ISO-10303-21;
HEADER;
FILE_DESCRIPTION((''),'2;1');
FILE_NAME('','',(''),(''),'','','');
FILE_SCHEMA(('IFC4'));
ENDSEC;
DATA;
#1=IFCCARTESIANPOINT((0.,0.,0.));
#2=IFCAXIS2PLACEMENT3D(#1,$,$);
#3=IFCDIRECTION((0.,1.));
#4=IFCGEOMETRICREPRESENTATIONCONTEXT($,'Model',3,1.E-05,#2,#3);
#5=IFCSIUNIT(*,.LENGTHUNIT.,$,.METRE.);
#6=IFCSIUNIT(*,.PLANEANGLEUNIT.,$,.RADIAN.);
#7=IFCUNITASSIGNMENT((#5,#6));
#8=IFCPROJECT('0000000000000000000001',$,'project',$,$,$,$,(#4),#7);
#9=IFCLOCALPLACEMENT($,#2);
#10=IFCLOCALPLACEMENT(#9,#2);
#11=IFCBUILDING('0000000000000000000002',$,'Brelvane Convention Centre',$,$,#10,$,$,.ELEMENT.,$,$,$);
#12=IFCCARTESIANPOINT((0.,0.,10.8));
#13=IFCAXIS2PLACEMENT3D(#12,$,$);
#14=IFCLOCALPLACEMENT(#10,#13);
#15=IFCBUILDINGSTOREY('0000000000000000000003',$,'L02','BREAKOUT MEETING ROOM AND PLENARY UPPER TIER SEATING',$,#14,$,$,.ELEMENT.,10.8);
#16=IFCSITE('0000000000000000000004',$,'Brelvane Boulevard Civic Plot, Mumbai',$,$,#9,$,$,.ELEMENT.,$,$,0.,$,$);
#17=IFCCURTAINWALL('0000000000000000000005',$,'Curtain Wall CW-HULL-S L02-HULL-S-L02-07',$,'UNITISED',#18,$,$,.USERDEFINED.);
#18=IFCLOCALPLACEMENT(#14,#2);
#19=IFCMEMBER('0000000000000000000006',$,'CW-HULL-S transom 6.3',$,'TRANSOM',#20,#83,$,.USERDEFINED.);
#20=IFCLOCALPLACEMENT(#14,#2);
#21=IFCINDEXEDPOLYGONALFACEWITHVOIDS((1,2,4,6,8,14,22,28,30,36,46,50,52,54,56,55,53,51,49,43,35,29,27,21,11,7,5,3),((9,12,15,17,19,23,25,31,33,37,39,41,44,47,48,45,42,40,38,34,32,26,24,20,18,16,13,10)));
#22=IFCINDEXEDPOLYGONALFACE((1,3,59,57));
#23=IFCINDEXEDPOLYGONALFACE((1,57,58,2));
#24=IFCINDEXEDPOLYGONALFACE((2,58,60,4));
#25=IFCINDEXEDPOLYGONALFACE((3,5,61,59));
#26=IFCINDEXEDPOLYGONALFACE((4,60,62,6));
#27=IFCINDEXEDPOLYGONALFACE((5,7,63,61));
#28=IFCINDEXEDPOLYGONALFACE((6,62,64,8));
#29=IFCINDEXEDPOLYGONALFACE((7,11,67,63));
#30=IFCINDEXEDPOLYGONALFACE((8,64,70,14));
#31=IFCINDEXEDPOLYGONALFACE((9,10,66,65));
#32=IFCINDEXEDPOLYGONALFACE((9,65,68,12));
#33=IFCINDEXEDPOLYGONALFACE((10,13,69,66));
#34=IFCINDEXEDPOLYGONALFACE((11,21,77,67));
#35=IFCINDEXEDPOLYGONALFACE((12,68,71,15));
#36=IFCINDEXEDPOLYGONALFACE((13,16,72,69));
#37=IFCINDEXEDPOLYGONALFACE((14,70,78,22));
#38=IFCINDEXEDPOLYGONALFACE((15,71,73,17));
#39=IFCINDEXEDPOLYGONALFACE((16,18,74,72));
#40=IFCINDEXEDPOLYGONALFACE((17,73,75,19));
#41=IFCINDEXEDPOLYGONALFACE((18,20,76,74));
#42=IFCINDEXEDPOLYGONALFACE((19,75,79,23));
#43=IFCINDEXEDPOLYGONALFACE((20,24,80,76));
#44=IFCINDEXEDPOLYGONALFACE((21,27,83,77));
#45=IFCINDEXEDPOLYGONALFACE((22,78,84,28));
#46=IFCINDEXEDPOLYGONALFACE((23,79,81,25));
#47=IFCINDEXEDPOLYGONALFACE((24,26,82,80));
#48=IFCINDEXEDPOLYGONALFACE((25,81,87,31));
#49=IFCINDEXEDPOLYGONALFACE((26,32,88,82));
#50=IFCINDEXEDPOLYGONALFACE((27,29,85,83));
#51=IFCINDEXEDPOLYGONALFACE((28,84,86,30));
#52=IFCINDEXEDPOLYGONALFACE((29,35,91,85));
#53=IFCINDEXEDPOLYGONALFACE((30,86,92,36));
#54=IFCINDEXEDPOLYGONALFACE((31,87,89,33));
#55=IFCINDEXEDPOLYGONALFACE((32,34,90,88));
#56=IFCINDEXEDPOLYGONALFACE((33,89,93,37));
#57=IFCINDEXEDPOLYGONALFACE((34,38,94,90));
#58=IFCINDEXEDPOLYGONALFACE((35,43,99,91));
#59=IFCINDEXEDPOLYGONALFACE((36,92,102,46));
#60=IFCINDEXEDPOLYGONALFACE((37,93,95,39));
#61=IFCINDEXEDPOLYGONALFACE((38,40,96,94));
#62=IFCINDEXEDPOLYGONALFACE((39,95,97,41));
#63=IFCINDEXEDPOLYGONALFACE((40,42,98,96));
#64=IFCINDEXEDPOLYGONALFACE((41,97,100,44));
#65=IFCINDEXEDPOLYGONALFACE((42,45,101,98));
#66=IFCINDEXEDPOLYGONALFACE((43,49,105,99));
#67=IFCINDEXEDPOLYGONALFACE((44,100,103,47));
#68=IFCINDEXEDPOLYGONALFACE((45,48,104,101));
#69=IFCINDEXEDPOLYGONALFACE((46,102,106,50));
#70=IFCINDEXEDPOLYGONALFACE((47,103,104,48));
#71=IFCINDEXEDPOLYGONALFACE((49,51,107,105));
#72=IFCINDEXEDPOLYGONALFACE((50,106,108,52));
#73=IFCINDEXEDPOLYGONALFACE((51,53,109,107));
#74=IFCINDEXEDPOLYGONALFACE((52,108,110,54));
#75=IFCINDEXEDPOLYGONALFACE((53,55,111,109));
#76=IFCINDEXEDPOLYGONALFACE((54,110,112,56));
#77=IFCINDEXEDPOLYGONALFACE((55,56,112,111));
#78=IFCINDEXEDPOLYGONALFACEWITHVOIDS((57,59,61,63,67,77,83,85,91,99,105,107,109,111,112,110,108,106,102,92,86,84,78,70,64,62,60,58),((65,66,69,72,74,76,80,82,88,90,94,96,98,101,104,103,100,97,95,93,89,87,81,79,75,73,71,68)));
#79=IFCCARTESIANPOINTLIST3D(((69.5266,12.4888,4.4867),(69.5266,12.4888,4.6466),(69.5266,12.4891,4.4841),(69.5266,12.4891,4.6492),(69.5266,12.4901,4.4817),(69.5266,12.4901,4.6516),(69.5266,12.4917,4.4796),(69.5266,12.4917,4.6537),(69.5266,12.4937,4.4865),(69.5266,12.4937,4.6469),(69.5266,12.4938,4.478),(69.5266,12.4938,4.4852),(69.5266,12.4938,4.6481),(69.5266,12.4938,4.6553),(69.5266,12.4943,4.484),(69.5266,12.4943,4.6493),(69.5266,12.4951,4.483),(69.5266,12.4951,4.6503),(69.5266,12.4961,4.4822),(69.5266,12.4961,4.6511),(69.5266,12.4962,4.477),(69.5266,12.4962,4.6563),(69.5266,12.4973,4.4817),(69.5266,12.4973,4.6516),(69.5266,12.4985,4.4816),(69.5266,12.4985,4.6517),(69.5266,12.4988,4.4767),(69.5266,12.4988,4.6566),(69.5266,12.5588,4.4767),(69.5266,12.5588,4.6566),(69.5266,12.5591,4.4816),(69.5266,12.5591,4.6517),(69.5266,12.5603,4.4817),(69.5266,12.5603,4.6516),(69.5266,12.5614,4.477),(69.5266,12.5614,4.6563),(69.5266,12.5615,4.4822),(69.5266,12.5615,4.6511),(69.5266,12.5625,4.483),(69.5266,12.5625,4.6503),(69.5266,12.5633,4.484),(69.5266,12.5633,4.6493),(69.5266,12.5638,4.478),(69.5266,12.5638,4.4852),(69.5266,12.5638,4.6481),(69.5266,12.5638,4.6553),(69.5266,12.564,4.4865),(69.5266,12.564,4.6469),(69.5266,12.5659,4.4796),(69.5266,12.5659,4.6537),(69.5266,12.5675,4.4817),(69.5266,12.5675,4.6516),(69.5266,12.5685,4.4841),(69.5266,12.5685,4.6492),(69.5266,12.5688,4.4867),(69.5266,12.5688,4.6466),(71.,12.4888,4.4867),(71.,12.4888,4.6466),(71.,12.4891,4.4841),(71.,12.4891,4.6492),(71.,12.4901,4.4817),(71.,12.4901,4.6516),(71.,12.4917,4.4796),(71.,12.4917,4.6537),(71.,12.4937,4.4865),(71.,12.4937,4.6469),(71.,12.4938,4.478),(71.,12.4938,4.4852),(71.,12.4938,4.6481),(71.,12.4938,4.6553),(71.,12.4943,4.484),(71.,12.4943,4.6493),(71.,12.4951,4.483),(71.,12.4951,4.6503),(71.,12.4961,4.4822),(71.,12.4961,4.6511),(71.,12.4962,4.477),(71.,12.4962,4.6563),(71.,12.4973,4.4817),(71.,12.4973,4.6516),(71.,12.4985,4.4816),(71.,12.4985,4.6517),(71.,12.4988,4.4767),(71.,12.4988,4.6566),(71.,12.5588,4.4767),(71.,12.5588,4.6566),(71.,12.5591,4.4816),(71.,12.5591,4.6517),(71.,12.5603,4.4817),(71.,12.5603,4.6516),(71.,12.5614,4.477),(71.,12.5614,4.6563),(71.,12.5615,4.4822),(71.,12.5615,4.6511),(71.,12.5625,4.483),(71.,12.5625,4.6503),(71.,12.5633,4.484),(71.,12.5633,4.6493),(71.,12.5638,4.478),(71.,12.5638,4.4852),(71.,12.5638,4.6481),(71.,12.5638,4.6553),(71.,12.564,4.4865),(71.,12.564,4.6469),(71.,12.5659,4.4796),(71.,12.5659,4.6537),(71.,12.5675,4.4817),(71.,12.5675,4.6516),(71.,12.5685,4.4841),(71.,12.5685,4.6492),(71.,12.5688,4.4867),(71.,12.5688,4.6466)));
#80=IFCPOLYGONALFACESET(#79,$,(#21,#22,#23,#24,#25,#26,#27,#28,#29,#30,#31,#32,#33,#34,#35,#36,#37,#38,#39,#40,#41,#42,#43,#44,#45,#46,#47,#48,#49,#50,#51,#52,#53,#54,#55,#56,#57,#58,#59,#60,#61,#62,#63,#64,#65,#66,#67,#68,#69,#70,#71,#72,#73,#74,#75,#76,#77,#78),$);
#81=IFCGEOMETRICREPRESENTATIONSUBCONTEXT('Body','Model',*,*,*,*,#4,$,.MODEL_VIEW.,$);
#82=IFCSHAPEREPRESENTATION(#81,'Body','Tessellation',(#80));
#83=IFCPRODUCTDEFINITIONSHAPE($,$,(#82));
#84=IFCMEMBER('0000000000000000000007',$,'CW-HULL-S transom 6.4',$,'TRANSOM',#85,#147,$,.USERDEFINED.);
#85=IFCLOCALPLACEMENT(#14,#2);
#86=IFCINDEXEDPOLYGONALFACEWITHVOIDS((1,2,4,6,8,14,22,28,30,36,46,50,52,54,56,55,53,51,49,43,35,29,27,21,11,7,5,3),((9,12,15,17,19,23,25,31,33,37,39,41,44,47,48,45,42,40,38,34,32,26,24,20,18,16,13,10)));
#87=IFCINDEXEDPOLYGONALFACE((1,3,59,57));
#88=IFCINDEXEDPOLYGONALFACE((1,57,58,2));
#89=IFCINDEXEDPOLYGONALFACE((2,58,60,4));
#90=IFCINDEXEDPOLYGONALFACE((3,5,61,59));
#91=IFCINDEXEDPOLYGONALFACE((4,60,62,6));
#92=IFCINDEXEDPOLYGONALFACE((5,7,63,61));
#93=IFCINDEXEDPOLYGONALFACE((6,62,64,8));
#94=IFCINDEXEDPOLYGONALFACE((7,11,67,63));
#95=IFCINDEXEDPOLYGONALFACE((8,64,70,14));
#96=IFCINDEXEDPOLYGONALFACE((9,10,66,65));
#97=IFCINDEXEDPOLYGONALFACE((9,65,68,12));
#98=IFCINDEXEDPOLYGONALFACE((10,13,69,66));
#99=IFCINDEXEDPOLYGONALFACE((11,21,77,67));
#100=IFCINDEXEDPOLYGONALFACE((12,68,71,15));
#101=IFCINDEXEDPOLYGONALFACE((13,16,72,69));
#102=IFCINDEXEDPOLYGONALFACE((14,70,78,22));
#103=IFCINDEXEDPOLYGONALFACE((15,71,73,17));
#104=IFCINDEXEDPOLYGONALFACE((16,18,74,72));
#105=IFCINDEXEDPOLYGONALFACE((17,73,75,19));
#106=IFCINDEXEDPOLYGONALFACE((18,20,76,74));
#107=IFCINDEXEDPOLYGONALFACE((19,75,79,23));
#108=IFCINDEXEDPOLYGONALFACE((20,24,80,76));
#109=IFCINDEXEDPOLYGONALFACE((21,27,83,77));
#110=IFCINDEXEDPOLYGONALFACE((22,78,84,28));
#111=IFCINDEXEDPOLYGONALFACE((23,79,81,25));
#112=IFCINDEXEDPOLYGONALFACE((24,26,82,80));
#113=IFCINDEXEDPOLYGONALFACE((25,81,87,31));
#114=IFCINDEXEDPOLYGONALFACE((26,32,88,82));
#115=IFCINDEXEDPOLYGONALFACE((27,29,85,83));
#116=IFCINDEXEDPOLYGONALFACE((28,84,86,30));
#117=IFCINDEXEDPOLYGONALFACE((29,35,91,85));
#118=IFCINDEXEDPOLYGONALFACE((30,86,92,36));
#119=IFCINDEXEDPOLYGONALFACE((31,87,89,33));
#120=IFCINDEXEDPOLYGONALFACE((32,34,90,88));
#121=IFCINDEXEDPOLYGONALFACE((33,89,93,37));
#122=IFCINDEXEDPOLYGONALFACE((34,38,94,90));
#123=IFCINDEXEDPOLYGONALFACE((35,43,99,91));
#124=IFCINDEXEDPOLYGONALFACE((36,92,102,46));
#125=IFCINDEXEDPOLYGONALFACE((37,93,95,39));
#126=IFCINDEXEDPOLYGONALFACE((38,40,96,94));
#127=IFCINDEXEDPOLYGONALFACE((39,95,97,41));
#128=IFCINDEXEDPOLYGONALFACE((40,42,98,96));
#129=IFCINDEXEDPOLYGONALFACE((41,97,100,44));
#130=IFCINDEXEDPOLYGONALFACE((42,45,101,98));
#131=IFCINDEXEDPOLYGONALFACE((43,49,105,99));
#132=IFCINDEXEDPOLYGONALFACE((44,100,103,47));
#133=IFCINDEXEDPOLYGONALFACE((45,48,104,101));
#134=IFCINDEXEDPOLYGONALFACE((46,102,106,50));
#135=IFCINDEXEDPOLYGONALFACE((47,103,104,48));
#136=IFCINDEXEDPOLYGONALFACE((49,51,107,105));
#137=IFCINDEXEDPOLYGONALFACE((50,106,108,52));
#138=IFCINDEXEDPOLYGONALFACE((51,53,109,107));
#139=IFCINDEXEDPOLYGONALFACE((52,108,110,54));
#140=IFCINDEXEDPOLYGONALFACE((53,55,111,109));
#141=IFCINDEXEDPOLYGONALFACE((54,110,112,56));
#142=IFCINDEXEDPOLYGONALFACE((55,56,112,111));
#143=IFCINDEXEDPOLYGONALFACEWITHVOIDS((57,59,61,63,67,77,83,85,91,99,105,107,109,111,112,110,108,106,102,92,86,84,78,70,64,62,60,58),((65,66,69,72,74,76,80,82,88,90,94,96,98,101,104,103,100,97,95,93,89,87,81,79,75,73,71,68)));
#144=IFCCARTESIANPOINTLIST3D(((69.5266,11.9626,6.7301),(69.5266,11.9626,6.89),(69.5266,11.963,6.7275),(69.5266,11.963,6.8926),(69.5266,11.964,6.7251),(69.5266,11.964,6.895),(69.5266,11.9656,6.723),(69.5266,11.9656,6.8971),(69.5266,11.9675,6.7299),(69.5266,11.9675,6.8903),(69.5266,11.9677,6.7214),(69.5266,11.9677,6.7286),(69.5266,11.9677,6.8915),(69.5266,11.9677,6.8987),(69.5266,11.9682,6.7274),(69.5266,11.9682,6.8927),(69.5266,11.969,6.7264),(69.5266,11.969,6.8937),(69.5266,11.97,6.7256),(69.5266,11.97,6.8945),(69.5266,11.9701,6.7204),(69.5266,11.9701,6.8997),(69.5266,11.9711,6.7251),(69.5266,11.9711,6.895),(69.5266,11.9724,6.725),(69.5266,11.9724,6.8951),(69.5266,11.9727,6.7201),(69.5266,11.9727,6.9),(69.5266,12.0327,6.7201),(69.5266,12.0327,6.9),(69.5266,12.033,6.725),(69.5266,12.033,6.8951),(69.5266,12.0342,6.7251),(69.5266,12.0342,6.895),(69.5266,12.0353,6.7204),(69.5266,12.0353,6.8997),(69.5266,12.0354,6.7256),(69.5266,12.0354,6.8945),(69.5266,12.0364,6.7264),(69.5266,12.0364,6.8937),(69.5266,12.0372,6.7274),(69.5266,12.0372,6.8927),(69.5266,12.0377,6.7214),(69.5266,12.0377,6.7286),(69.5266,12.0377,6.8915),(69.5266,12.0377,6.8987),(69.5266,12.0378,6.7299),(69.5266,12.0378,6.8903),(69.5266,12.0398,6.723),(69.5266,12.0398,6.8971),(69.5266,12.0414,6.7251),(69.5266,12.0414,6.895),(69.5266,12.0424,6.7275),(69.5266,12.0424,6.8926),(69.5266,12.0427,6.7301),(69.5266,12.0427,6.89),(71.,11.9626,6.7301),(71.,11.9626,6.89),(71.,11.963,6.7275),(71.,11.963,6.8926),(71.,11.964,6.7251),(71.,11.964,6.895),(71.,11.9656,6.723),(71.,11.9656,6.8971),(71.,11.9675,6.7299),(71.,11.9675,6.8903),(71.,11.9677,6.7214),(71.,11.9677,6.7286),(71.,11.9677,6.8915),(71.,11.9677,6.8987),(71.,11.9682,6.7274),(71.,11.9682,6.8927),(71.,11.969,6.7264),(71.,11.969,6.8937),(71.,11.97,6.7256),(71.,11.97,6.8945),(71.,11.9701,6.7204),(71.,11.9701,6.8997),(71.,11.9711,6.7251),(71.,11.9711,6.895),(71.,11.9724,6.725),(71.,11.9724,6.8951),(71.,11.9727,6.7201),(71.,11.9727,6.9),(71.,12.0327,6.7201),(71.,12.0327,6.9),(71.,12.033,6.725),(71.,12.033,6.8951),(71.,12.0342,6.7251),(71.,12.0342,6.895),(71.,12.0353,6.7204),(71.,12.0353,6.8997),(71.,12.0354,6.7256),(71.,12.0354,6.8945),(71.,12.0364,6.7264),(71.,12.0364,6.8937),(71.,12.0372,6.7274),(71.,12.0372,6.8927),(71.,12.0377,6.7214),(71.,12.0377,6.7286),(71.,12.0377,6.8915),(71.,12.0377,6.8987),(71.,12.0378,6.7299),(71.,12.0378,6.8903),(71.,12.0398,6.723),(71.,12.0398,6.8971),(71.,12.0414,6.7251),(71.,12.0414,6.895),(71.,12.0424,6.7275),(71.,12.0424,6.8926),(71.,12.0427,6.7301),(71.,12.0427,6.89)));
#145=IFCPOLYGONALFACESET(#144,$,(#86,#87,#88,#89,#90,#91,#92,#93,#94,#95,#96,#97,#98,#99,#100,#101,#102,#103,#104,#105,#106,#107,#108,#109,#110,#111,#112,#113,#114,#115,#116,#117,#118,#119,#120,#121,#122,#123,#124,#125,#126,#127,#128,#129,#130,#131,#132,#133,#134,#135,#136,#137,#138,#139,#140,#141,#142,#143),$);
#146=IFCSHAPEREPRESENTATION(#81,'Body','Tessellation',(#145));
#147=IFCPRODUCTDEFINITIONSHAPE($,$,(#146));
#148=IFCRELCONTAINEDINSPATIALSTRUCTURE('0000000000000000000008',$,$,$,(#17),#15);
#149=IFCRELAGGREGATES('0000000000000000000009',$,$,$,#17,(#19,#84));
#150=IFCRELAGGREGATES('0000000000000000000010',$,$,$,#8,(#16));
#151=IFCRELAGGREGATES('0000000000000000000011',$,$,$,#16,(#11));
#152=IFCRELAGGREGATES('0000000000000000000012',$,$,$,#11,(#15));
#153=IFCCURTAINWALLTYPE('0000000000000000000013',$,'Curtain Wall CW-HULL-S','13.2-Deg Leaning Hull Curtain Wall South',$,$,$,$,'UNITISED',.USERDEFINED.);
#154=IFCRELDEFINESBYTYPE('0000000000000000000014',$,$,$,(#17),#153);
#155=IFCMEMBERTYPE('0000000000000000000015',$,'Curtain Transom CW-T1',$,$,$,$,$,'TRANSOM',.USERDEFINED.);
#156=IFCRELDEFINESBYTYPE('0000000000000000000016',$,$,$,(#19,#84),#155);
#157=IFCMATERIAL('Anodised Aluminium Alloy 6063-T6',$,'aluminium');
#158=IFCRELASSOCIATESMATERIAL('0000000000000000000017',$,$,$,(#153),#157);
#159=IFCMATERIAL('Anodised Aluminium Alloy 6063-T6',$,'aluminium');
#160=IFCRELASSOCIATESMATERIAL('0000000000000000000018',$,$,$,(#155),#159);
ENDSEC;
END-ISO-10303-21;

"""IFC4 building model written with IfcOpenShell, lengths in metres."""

from ifc_helpers import new_model, si_unit, direction, frame, origin, origin_2d, place, context, subcontext, project, spatial, hollow_rectangle, extrude, material, material_profile, profile_set, type_object, element, aggregate, save


model = new_model("IFC4")

# Units and contexts
model_context = context("Model", 3, precision=1e-05, world=origin(), true_north=direction((0.0, 1.0)))
body_context = subcontext(model_context, "Body", "Model", "MODEL_VIEW")
ifc_project = project(units=[si_unit("LENGTHUNIT", "METRE"), si_unit("PLANEANGLEUNIT", "RADIAN")], contexts=[model_context])

# Site, building, storey
site_placement = place(None, origin())
site = spatial("IfcSite", under=ifc_project, at=site_placement, Name="Brelvane Boulevard Civic Plot, Mumbai", CompositionType="ELEMENT", RefElevation=0.0)
building_placement = place(site_placement, origin())
building = spatial("IfcBuilding", under=site, at=building_placement, Name="Brelvane Convention Centre", CompositionType="ELEMENT")
storey_placement = place(building_placement, frame((0.0, 0.0, 10.8)))
storey = spatial("IfcBuildingStorey", under=building, at=storey_placement, Name="L02", Description="BREAKOUT MEETING ROOM AND PLENARY UPPER TIER SEATING", CompositionType="ELEMENT", Elevation=10.8)

# Curtain wall, members
ifc_material_1 = material(Name="Anodised Aluminium Alloy 6063-T6", Category="aluminium")
curtain_wall_type = type_object("IfcCurtainWallType", Name="Curtain Wall CW-HULL-S", Description="13.2-Deg Leaning Hull Curtain Wall South", ElementType="UNITISED", PredefinedType="USERDEFINED", material=ifc_material_1)
curtain_wall_1_placement = place(storey_placement, origin())
curtain_wall_1 = element("IfcCurtainWall", 1, at=curtain_wall_1_placement, inside=storey, type_object=curtain_wall_type, Name="Curtain Wall CW-HULL-S L02-HULL-S-L02-07", ObjectType="UNITISED", PredefinedType="USERDEFINED")
ifc_material_2 = material(Name="Anodised Aluminium Alloy 6063-T6", Category="aluminium")
ifc_material_profile = material_profile(ifc_material_2, hollow_rectangle(XDim=0.0801, YDim=0.1799, WallThickness=0.0049, InnerFilletRadius=0.0049, OuterFilletRadius=0.01, at=origin_2d()), Name="ALU-T 180x80x5.0")
ifc_profile_set = profile_set([ifc_material_profile], Name="Anodised Aluminium Alloy 6063-T6")
member_type = type_object("IfcMemberType", Name="Curtain Transom CW-T1", ElementType="TRANSOM", PredefinedType="USERDEFINED", material=ifc_profile_set)
member_1_placement = place(storey_placement, frame((69.5266, 12.5288, 4.5667), z_axis=(1.0, 0.0, 0.0), x_axis=(0.0, 1.0, 0.0)))
member_1 = element("IfcMember", 2, at=member_1_placement, type_object=member_type, Name="CW-HULL-S transom 6.3", ObjectType="TRANSOM", PredefinedType="USERDEFINED", context=body_context, shape_type="SweptSolid", body=[
    extrude(hollow_rectangle(XDim=0.0801, YDim=0.1799, WallThickness=0.0049, InnerFilletRadius=0.0049, OuterFilletRadius=0.01, at=origin_2d()), origin(), (0.0, 0.0, 1.0), 1.4734),
])
member_2_placement = place(storey_placement, frame((69.5266, 12.0027, 6.8101), z_axis=(1.0, 0.0, 0.0), x_axis=(0.0, 1.0, 0.0)))
member_2 = element("IfcMember", 3, at=member_2_placement, type_object=member_type, Name="CW-HULL-S transom 6.4", ObjectType="TRANSOM", PredefinedType="USERDEFINED", context=body_context, shape_type="SweptSolid", body=[
    extrude(hollow_rectangle(XDim=0.0801, YDim=0.1799, WallThickness=0.0049, InnerFilletRadius=0.0049, OuterFilletRadius=0.01, at=origin_2d()), origin(), (0.0, 0.0, 1.0), 1.4734),
])

aggregate(curtain_wall_1, [member_1, member_2])

save(model, "model.ifc")
